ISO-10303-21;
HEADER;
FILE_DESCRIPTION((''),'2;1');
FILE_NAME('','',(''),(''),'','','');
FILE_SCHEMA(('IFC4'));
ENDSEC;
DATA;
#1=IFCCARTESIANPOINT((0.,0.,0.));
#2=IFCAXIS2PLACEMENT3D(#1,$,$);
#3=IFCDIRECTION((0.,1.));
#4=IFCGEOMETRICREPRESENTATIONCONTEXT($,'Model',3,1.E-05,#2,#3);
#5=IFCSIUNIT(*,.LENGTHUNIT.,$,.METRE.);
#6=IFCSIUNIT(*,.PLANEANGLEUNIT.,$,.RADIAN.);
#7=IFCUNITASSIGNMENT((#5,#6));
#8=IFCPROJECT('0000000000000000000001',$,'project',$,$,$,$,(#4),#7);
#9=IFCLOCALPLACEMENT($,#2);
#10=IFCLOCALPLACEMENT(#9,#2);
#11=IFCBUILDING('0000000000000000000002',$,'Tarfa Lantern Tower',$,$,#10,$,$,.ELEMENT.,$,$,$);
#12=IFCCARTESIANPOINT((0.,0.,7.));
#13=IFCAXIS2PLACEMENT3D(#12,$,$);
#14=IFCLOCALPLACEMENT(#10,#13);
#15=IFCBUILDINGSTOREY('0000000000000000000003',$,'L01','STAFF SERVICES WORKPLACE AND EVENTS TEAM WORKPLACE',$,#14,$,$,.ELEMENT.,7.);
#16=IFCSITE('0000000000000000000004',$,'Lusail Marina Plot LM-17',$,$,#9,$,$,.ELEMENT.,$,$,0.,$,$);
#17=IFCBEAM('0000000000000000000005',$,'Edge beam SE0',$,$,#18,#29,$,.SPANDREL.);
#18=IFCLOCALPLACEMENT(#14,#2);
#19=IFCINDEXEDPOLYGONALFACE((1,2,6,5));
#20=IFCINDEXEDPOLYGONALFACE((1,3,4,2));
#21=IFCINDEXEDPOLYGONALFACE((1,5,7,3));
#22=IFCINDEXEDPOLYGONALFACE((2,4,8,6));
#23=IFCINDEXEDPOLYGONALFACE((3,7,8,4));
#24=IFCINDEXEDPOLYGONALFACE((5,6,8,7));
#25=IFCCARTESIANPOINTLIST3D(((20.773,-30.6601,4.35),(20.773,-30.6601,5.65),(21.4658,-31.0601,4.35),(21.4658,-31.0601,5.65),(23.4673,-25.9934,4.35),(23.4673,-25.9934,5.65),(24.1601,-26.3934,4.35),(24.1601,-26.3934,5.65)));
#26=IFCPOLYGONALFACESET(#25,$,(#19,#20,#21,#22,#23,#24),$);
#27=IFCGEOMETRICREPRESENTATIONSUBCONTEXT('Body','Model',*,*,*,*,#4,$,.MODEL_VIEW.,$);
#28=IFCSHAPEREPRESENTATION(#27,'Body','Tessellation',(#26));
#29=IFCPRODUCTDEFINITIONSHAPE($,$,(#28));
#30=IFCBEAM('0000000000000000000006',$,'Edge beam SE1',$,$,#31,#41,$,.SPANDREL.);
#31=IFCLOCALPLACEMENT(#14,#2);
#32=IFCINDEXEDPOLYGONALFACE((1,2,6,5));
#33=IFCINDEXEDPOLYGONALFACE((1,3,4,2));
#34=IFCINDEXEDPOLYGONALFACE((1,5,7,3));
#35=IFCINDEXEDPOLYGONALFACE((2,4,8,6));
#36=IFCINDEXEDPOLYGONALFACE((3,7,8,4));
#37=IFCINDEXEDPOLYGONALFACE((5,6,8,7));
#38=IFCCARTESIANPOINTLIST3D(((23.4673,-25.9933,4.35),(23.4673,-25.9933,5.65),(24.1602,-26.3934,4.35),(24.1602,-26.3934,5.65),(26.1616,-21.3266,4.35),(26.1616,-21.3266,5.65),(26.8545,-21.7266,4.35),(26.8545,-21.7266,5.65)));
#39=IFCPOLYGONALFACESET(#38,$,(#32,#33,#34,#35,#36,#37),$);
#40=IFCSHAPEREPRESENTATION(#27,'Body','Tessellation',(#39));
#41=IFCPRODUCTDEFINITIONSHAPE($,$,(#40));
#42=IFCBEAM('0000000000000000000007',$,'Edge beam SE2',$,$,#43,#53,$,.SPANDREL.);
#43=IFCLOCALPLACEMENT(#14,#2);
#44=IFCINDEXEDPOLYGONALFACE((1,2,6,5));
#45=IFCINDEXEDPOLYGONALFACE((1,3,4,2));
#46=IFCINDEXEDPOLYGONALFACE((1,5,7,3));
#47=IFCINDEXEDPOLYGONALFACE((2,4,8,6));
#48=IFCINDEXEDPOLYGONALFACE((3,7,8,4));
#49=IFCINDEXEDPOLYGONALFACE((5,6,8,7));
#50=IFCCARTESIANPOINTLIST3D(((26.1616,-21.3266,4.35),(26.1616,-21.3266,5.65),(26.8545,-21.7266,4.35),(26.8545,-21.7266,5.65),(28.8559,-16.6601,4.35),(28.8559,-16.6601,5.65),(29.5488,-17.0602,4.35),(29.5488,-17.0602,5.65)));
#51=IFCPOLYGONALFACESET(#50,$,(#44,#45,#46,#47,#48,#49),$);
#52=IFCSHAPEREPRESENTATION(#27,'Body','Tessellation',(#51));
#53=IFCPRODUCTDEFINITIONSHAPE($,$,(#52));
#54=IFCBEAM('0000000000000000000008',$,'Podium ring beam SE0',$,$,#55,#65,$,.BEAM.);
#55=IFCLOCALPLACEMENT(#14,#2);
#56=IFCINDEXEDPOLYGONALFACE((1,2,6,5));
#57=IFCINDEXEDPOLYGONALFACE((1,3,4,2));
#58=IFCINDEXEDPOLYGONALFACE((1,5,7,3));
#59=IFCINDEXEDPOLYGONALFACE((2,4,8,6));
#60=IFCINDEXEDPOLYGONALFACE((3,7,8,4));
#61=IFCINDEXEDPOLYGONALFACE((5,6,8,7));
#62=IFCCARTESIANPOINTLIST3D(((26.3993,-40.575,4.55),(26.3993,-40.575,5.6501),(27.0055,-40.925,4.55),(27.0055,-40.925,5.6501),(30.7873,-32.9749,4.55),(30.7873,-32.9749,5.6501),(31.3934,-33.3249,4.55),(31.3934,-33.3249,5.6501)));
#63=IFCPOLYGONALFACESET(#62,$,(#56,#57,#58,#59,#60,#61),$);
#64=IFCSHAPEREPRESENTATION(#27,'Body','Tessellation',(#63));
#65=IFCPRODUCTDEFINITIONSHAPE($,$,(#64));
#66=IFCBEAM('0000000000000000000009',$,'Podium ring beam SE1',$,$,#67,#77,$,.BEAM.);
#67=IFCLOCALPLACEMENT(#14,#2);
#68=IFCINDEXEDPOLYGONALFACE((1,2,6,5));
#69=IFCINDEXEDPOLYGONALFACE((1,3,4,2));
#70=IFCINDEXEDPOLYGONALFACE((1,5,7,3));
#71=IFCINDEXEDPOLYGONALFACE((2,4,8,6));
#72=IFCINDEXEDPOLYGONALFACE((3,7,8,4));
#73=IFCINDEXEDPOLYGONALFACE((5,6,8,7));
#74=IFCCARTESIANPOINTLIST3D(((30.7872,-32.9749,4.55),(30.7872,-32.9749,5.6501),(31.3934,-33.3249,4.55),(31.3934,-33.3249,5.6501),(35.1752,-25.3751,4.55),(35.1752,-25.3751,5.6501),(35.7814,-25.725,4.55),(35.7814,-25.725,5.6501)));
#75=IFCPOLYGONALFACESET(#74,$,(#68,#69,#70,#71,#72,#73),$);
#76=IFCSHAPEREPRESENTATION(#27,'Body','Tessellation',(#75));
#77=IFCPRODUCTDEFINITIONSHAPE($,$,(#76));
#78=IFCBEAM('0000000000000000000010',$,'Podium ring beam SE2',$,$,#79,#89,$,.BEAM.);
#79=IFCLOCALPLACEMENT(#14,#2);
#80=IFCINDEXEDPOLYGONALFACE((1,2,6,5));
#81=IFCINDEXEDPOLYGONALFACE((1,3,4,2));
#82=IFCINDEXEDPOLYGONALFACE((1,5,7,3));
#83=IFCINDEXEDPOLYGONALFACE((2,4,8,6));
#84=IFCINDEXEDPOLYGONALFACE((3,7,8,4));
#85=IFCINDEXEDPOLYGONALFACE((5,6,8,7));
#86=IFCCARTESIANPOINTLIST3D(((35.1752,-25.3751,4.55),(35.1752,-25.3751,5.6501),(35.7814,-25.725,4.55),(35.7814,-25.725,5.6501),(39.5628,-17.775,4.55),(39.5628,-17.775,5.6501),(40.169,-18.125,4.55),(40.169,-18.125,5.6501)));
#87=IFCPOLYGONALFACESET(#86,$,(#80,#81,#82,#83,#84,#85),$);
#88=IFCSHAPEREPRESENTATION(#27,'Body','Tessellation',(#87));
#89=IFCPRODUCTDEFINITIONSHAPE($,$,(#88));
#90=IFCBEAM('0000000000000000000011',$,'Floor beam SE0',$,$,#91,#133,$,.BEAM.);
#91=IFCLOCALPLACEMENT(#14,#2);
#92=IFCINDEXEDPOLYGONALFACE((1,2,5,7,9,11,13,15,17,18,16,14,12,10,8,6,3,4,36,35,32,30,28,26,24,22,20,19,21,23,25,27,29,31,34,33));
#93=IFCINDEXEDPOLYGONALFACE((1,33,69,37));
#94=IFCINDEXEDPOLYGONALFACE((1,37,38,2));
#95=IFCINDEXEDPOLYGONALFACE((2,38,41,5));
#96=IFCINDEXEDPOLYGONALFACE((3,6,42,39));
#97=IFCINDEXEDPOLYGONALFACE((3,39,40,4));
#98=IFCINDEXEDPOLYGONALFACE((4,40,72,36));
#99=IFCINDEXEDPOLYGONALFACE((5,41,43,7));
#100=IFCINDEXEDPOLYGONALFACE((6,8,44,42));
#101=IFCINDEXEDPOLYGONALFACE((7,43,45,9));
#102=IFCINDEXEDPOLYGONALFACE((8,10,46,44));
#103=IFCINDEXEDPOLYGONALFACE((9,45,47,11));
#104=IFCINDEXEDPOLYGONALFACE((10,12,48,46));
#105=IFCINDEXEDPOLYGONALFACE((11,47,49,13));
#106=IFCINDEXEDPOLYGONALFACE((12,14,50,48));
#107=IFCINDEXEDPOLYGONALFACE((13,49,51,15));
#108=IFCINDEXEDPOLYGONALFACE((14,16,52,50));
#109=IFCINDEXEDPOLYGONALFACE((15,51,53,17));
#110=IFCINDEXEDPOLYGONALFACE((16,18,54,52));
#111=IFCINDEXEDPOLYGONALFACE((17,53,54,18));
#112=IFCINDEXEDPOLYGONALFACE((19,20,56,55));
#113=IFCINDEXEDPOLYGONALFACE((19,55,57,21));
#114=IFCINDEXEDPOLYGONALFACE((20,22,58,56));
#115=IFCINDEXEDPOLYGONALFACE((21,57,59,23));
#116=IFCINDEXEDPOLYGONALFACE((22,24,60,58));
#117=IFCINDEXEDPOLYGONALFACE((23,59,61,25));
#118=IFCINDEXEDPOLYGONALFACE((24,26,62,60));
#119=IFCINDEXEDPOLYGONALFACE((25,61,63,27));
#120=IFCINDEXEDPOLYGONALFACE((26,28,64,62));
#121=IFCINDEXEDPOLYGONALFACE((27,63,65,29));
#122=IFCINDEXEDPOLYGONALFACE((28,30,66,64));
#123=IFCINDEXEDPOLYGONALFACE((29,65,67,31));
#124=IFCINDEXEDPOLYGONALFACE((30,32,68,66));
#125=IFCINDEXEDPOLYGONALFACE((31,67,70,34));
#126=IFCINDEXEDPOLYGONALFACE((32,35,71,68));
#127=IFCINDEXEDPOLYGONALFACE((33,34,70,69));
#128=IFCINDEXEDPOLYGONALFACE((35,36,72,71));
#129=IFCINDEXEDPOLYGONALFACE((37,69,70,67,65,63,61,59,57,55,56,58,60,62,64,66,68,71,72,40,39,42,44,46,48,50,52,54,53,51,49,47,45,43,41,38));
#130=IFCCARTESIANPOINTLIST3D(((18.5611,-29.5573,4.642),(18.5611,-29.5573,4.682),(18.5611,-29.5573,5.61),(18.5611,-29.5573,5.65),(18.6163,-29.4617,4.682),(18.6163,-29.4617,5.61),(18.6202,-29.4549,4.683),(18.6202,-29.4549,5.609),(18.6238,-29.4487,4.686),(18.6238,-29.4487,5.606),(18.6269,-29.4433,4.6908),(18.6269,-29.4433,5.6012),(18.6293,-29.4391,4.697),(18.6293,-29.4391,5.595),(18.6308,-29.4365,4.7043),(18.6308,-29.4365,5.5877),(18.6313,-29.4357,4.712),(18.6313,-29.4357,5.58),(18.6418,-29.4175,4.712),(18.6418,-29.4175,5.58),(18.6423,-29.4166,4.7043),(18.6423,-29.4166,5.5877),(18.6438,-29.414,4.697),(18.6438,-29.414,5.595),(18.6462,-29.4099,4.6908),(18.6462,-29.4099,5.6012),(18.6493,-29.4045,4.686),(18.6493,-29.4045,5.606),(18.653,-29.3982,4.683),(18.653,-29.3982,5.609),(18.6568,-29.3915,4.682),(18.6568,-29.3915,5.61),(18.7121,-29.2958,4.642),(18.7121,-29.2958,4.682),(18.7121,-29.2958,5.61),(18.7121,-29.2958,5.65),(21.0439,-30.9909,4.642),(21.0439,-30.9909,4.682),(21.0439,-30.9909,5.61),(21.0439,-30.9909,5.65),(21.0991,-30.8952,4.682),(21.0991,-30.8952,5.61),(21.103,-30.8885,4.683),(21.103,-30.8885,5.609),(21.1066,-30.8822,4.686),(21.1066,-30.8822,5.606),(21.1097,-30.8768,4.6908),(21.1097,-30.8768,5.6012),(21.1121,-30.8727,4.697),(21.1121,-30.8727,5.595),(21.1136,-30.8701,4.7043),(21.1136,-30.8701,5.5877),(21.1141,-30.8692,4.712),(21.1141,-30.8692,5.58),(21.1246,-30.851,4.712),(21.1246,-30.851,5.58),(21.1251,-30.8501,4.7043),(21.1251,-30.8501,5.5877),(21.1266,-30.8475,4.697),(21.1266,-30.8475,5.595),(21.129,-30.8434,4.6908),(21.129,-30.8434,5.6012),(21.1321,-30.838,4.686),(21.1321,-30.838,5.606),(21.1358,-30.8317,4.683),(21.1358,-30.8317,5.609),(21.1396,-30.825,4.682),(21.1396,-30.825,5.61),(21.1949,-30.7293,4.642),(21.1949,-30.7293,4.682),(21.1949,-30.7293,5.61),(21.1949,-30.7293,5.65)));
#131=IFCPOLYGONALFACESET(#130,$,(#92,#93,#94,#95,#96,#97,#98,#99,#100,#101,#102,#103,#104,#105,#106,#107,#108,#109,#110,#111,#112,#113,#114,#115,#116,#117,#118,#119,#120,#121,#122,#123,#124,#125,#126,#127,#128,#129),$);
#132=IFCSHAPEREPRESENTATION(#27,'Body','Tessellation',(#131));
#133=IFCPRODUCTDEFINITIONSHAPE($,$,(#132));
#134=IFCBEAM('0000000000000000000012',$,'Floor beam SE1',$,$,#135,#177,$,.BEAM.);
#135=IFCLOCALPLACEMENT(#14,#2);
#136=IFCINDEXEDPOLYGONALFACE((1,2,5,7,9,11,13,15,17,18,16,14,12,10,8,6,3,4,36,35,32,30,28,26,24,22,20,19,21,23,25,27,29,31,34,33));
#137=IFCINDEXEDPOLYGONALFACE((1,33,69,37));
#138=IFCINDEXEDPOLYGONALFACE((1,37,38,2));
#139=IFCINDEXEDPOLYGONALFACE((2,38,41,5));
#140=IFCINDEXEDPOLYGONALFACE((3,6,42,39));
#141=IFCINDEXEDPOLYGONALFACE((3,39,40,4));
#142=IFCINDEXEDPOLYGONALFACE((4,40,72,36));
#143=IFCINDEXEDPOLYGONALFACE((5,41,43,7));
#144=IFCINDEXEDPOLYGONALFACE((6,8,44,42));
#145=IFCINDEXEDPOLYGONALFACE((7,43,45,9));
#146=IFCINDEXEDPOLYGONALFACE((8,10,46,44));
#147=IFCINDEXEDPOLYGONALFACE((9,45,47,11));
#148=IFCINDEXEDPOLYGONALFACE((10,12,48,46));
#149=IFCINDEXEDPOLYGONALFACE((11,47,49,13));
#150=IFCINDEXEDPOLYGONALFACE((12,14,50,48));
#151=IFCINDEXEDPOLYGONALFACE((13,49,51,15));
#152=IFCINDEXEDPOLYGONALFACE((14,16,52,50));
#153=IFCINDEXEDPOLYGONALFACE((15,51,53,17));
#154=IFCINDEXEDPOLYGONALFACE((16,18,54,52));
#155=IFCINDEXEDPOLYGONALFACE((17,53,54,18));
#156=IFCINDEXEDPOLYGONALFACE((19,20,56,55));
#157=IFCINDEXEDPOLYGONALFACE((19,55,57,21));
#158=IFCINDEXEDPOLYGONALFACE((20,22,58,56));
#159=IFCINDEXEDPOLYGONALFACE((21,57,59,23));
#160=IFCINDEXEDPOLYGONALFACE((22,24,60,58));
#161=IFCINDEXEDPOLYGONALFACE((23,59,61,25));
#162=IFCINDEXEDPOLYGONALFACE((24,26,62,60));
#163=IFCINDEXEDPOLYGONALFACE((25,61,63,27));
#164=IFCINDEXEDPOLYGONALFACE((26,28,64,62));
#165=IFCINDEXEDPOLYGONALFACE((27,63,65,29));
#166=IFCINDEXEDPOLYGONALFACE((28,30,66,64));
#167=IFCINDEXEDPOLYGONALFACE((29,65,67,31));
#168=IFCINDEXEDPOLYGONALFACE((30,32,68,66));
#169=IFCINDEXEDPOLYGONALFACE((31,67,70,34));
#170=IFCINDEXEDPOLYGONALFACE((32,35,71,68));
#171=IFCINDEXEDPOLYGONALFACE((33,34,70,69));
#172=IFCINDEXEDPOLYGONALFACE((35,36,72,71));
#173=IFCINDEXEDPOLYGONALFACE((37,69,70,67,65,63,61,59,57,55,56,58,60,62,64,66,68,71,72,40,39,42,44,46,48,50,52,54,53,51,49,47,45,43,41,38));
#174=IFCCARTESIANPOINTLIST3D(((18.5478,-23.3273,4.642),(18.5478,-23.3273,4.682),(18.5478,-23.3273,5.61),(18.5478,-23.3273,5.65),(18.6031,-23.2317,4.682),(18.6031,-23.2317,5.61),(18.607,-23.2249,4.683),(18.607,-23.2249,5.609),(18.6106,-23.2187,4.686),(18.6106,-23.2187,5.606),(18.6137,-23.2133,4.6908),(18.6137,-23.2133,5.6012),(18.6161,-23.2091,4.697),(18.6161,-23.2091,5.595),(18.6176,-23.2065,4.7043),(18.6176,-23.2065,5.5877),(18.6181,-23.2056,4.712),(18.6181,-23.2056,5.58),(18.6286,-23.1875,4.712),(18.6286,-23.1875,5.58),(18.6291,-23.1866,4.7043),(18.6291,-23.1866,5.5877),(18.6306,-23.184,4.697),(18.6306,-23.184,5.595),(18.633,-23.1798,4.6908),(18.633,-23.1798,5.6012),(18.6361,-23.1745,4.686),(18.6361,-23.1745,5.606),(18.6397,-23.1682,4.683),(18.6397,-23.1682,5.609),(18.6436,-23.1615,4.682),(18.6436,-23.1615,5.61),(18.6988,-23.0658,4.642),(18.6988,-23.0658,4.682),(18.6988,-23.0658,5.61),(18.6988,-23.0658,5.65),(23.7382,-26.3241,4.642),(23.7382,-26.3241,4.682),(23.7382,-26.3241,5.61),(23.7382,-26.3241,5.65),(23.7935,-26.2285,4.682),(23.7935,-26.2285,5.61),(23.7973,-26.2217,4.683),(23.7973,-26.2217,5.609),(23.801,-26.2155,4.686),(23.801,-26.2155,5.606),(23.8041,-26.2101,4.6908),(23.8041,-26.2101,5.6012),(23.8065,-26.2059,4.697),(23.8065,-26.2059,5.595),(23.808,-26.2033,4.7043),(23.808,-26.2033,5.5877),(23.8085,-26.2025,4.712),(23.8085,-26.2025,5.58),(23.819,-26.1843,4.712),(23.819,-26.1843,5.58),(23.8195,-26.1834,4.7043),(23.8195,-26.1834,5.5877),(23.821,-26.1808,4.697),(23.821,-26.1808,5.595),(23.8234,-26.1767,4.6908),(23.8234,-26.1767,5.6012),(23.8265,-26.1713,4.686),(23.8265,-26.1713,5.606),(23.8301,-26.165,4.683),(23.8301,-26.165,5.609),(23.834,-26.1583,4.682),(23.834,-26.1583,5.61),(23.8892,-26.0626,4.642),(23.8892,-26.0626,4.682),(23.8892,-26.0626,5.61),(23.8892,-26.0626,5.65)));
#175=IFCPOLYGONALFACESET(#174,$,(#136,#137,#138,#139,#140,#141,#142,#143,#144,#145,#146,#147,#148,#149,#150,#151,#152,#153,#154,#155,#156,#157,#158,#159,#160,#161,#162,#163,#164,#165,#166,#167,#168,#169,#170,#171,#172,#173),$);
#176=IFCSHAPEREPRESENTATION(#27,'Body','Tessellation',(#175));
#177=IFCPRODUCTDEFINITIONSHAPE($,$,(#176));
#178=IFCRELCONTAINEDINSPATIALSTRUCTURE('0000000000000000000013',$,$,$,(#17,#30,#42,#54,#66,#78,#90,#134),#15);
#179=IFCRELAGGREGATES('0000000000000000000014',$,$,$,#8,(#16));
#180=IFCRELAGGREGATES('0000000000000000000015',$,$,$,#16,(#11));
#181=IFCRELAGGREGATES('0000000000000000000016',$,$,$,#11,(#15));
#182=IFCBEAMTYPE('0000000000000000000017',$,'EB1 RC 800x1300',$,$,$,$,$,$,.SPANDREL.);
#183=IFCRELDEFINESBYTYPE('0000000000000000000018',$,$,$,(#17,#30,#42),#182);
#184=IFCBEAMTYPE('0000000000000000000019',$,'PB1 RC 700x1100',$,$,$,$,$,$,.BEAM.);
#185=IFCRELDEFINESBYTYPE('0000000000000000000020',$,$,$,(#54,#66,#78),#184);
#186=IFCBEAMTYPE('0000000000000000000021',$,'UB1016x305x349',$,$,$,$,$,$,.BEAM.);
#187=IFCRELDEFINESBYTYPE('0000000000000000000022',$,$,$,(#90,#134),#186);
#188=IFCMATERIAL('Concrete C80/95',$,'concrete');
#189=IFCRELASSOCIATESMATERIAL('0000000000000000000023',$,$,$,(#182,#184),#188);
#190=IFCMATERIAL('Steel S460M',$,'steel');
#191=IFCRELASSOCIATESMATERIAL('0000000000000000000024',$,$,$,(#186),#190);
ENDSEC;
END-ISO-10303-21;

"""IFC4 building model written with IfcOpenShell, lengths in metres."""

from ifc_helpers import new_model, si_unit, direction, frame, origin, origin_2d, place, context, subcontext, project, spatial, rectangle, i_section, extrude, material, material_profile, profile_set, type_object, element, save


model = new_model("IFC4")

# Units and contexts
model_context = context("Model", 3, precision=1e-05, world=origin(), true_north=direction((0.0, 1.0)))
body_context = subcontext(model_context, "Body", "Model", "MODEL_VIEW")
ifc_project = project(units=[si_unit("LENGTHUNIT", "METRE"), si_unit("PLANEANGLEUNIT", "RADIAN")], contexts=[model_context])

# Site, building, storey
site_placement = place(None, origin())
site = spatial("IfcSite", under=ifc_project, at=site_placement, Name="Lusail Marina Plot LM-17", CompositionType="ELEMENT", RefElevation=0.0)
building_placement = place(site_placement, origin())
building = spatial("IfcBuilding", under=site, at=building_placement, Name="Tarfa Lantern Tower", CompositionType="ELEMENT")
storey_placement = place(building_placement, frame((0.0, 0.0, 7.0)))
storey = spatial("IfcBuildingStorey", under=building, at=storey_placement, Name="L01", Description="STAFF SERVICES WORKPLACE AND EVENTS TEAM WORKPLACE", CompositionType="ELEMENT", Elevation=7.0)

# Shared definitions
ifc_material_1 = material(Name="Concrete C80/95", Category="concrete")

# Beams
ifc_material_profile_1 = material_profile(ifc_material_1, rectangle(XDim=0.8, YDim=1.3, at=origin_2d()), Name="RC 800x1300")
ifc_profile_set_1 = profile_set([ifc_material_profile_1], Name="Concrete C80/95")
beam_type_1 = type_object("IfcBeamType", Name="EB1 RC 800x1300", PredefinedType="SPANDREL", material=ifc_profile_set_1)
for number, where, z_axis, x_axis, name in (
    (1, (21.1194, -30.8601, 5.0), (0.499998, 0.866026, 0.0), (-0.866026, 0.499998, 0.0), "Edge beam SE0"),
    (2, (23.8137, -26.1934, 5.0), (0.499998, 0.866026, 0.0), (-0.866026, 0.499998, 0.0), "Edge beam SE1"),
):
    element("IfcBeam", number, at=place(storey_placement, frame(where, z_axis=z_axis, x_axis=x_axis)), inside=storey, type_object=beam_type_1, Name=name, PredefinedType="SPANDREL", context=body_context, shape_type="SweptSolid", body=[
        extrude(rectangle(XDim=0.8, YDim=1.3, at=origin_2d()), origin(), (0.0, 0.0, 1.0), 5.3887),
    ])
beam_1_placement = place(storey_placement, frame((26.5081, -21.5266, 5.0), z_axis=(0.500018, 0.866015, 0.0), x_axis=(-0.866015, 0.500018, 0.0)))
element("IfcBeam", 3, at=beam_1_placement, inside=storey, type_object=beam_type_1, Name="Edge beam SE2", PredefinedType="SPANDREL", context=body_context, shape_type="SweptSolid", body=[
    extrude(rectangle(XDim=0.8, YDim=1.3, at=origin_2d()), origin(), (0.0, 0.0, 1.0), 5.3884),
])
ifc_material_profile_2 = material_profile(ifc_material_1, rectangle(XDim=0.7, YDim=1.1001, at=origin_2d()), Name="RC 700x1100")
ifc_profile_set_2 = profile_set([ifc_material_profile_2], Name="Concrete C80/95")
beam_type_2 = type_object("IfcBeamType", Name="PB1 RC 700x1100", PredefinedType="BEAM", material=ifc_profile_set_2)
beam_2_placement = place(storey_placement, frame((26.7024, -40.75, 5.1001), z_axis=(0.500002, 0.866024, 0.0), x_axis=(-0.866024, 0.500002, 0.0)))
element("IfcBeam", 4, at=beam_2_placement, inside=storey, type_object=beam_type_2, Name="Podium ring beam SE0", PredefinedType="BEAM", context=body_context, shape_type="SweptSolid", body=[
    extrude(rectangle(XDim=0.7, YDim=1.1001, at=origin_2d()), origin(), (0.0, 0.0, 1.0), 8.7759),
])
for number, where, z_axis, x_axis, name in (
    (5, (31.0903, -33.1499, 5.1001), (0.500014, 0.866017, 0.0), (-0.866017, 0.500014, 0.0), "Podium ring beam SE1"),
    (6, (35.4783, -25.55, 5.1001), (0.499981, 0.866036, 0.0), (-0.866036, 0.499981, 0.0), "Podium ring beam SE2"),
):
    element("IfcBeam", number, at=place(storey_placement, frame(where, z_axis=z_axis, x_axis=x_axis)), inside=storey, type_object=beam_type_2, Name=name, PredefinedType="BEAM", context=body_context, shape_type="SweptSolid", body=[
        extrude(rectangle(XDim=0.7, YDim=1.1001, at=origin_2d()), origin(), (0.0, 0.0, 1.0), 8.7756),
    ])
ifc_material_2 = material(Name="Steel S460M", Category="steel")
ifc_material_profile_3 = material_profile(ifc_material_2, i_section(OverallWidth=0.302, OverallDepth=1.0081, WebThickness=0.021, FlangeThickness=0.04, FilletRadius=0.03, at=origin_2d()), Name="UB1016x305x349")
ifc_profile_set_3 = profile_set([ifc_material_profile_3], Name="Steel S460M")
beam_type_3 = type_object("IfcBeamType", Name="UB1016x305x349", PredefinedType="BEAM", material=ifc_profile_set_3)
beam_3_placement = place(storey_placement, frame((21.1194, -30.8601, 5.146), z_axis=(-0.866013, 0.500022, 0.0), x_axis=(-0.500022, -0.866013, 0.0)))
element("IfcBeam", 7, at=beam_3_placement, inside=storey, type_object=beam_type_3, Name="Floor beam SE0", PredefinedType="BEAM", context=body_context, shape_type="SweptSolid", body=[
    extrude(i_section(OverallWidth=0.302, OverallDepth=1.0081, WebThickness=0.021, FlangeThickness=0.04, FilletRadius=0.03, at=origin_2d()), origin(), (0.0, 0.0, 1.0), 2.8669),
])
beam_4_placement = place(storey_placement, frame((23.8137, -26.1934, 5.146), z_axis=(-0.866016, 0.500016, 0.0), x_axis=(-0.500016, -0.866016, 0.0)))
element("IfcBeam", 8, at=beam_4_placement, inside=storey, type_object=beam_type_3, Name="Floor beam SE1", PredefinedType="BEAM", context=body_context, shape_type="SweptSolid", body=[
    extrude(i_section(OverallWidth=0.302, OverallDepth=1.0081, WebThickness=0.021, FlangeThickness=0.04, FilletRadius=0.03, at=origin_2d()), origin(), (0.0, 0.0, 1.0), 5.9934),
])

save(model, "model.ifc")
